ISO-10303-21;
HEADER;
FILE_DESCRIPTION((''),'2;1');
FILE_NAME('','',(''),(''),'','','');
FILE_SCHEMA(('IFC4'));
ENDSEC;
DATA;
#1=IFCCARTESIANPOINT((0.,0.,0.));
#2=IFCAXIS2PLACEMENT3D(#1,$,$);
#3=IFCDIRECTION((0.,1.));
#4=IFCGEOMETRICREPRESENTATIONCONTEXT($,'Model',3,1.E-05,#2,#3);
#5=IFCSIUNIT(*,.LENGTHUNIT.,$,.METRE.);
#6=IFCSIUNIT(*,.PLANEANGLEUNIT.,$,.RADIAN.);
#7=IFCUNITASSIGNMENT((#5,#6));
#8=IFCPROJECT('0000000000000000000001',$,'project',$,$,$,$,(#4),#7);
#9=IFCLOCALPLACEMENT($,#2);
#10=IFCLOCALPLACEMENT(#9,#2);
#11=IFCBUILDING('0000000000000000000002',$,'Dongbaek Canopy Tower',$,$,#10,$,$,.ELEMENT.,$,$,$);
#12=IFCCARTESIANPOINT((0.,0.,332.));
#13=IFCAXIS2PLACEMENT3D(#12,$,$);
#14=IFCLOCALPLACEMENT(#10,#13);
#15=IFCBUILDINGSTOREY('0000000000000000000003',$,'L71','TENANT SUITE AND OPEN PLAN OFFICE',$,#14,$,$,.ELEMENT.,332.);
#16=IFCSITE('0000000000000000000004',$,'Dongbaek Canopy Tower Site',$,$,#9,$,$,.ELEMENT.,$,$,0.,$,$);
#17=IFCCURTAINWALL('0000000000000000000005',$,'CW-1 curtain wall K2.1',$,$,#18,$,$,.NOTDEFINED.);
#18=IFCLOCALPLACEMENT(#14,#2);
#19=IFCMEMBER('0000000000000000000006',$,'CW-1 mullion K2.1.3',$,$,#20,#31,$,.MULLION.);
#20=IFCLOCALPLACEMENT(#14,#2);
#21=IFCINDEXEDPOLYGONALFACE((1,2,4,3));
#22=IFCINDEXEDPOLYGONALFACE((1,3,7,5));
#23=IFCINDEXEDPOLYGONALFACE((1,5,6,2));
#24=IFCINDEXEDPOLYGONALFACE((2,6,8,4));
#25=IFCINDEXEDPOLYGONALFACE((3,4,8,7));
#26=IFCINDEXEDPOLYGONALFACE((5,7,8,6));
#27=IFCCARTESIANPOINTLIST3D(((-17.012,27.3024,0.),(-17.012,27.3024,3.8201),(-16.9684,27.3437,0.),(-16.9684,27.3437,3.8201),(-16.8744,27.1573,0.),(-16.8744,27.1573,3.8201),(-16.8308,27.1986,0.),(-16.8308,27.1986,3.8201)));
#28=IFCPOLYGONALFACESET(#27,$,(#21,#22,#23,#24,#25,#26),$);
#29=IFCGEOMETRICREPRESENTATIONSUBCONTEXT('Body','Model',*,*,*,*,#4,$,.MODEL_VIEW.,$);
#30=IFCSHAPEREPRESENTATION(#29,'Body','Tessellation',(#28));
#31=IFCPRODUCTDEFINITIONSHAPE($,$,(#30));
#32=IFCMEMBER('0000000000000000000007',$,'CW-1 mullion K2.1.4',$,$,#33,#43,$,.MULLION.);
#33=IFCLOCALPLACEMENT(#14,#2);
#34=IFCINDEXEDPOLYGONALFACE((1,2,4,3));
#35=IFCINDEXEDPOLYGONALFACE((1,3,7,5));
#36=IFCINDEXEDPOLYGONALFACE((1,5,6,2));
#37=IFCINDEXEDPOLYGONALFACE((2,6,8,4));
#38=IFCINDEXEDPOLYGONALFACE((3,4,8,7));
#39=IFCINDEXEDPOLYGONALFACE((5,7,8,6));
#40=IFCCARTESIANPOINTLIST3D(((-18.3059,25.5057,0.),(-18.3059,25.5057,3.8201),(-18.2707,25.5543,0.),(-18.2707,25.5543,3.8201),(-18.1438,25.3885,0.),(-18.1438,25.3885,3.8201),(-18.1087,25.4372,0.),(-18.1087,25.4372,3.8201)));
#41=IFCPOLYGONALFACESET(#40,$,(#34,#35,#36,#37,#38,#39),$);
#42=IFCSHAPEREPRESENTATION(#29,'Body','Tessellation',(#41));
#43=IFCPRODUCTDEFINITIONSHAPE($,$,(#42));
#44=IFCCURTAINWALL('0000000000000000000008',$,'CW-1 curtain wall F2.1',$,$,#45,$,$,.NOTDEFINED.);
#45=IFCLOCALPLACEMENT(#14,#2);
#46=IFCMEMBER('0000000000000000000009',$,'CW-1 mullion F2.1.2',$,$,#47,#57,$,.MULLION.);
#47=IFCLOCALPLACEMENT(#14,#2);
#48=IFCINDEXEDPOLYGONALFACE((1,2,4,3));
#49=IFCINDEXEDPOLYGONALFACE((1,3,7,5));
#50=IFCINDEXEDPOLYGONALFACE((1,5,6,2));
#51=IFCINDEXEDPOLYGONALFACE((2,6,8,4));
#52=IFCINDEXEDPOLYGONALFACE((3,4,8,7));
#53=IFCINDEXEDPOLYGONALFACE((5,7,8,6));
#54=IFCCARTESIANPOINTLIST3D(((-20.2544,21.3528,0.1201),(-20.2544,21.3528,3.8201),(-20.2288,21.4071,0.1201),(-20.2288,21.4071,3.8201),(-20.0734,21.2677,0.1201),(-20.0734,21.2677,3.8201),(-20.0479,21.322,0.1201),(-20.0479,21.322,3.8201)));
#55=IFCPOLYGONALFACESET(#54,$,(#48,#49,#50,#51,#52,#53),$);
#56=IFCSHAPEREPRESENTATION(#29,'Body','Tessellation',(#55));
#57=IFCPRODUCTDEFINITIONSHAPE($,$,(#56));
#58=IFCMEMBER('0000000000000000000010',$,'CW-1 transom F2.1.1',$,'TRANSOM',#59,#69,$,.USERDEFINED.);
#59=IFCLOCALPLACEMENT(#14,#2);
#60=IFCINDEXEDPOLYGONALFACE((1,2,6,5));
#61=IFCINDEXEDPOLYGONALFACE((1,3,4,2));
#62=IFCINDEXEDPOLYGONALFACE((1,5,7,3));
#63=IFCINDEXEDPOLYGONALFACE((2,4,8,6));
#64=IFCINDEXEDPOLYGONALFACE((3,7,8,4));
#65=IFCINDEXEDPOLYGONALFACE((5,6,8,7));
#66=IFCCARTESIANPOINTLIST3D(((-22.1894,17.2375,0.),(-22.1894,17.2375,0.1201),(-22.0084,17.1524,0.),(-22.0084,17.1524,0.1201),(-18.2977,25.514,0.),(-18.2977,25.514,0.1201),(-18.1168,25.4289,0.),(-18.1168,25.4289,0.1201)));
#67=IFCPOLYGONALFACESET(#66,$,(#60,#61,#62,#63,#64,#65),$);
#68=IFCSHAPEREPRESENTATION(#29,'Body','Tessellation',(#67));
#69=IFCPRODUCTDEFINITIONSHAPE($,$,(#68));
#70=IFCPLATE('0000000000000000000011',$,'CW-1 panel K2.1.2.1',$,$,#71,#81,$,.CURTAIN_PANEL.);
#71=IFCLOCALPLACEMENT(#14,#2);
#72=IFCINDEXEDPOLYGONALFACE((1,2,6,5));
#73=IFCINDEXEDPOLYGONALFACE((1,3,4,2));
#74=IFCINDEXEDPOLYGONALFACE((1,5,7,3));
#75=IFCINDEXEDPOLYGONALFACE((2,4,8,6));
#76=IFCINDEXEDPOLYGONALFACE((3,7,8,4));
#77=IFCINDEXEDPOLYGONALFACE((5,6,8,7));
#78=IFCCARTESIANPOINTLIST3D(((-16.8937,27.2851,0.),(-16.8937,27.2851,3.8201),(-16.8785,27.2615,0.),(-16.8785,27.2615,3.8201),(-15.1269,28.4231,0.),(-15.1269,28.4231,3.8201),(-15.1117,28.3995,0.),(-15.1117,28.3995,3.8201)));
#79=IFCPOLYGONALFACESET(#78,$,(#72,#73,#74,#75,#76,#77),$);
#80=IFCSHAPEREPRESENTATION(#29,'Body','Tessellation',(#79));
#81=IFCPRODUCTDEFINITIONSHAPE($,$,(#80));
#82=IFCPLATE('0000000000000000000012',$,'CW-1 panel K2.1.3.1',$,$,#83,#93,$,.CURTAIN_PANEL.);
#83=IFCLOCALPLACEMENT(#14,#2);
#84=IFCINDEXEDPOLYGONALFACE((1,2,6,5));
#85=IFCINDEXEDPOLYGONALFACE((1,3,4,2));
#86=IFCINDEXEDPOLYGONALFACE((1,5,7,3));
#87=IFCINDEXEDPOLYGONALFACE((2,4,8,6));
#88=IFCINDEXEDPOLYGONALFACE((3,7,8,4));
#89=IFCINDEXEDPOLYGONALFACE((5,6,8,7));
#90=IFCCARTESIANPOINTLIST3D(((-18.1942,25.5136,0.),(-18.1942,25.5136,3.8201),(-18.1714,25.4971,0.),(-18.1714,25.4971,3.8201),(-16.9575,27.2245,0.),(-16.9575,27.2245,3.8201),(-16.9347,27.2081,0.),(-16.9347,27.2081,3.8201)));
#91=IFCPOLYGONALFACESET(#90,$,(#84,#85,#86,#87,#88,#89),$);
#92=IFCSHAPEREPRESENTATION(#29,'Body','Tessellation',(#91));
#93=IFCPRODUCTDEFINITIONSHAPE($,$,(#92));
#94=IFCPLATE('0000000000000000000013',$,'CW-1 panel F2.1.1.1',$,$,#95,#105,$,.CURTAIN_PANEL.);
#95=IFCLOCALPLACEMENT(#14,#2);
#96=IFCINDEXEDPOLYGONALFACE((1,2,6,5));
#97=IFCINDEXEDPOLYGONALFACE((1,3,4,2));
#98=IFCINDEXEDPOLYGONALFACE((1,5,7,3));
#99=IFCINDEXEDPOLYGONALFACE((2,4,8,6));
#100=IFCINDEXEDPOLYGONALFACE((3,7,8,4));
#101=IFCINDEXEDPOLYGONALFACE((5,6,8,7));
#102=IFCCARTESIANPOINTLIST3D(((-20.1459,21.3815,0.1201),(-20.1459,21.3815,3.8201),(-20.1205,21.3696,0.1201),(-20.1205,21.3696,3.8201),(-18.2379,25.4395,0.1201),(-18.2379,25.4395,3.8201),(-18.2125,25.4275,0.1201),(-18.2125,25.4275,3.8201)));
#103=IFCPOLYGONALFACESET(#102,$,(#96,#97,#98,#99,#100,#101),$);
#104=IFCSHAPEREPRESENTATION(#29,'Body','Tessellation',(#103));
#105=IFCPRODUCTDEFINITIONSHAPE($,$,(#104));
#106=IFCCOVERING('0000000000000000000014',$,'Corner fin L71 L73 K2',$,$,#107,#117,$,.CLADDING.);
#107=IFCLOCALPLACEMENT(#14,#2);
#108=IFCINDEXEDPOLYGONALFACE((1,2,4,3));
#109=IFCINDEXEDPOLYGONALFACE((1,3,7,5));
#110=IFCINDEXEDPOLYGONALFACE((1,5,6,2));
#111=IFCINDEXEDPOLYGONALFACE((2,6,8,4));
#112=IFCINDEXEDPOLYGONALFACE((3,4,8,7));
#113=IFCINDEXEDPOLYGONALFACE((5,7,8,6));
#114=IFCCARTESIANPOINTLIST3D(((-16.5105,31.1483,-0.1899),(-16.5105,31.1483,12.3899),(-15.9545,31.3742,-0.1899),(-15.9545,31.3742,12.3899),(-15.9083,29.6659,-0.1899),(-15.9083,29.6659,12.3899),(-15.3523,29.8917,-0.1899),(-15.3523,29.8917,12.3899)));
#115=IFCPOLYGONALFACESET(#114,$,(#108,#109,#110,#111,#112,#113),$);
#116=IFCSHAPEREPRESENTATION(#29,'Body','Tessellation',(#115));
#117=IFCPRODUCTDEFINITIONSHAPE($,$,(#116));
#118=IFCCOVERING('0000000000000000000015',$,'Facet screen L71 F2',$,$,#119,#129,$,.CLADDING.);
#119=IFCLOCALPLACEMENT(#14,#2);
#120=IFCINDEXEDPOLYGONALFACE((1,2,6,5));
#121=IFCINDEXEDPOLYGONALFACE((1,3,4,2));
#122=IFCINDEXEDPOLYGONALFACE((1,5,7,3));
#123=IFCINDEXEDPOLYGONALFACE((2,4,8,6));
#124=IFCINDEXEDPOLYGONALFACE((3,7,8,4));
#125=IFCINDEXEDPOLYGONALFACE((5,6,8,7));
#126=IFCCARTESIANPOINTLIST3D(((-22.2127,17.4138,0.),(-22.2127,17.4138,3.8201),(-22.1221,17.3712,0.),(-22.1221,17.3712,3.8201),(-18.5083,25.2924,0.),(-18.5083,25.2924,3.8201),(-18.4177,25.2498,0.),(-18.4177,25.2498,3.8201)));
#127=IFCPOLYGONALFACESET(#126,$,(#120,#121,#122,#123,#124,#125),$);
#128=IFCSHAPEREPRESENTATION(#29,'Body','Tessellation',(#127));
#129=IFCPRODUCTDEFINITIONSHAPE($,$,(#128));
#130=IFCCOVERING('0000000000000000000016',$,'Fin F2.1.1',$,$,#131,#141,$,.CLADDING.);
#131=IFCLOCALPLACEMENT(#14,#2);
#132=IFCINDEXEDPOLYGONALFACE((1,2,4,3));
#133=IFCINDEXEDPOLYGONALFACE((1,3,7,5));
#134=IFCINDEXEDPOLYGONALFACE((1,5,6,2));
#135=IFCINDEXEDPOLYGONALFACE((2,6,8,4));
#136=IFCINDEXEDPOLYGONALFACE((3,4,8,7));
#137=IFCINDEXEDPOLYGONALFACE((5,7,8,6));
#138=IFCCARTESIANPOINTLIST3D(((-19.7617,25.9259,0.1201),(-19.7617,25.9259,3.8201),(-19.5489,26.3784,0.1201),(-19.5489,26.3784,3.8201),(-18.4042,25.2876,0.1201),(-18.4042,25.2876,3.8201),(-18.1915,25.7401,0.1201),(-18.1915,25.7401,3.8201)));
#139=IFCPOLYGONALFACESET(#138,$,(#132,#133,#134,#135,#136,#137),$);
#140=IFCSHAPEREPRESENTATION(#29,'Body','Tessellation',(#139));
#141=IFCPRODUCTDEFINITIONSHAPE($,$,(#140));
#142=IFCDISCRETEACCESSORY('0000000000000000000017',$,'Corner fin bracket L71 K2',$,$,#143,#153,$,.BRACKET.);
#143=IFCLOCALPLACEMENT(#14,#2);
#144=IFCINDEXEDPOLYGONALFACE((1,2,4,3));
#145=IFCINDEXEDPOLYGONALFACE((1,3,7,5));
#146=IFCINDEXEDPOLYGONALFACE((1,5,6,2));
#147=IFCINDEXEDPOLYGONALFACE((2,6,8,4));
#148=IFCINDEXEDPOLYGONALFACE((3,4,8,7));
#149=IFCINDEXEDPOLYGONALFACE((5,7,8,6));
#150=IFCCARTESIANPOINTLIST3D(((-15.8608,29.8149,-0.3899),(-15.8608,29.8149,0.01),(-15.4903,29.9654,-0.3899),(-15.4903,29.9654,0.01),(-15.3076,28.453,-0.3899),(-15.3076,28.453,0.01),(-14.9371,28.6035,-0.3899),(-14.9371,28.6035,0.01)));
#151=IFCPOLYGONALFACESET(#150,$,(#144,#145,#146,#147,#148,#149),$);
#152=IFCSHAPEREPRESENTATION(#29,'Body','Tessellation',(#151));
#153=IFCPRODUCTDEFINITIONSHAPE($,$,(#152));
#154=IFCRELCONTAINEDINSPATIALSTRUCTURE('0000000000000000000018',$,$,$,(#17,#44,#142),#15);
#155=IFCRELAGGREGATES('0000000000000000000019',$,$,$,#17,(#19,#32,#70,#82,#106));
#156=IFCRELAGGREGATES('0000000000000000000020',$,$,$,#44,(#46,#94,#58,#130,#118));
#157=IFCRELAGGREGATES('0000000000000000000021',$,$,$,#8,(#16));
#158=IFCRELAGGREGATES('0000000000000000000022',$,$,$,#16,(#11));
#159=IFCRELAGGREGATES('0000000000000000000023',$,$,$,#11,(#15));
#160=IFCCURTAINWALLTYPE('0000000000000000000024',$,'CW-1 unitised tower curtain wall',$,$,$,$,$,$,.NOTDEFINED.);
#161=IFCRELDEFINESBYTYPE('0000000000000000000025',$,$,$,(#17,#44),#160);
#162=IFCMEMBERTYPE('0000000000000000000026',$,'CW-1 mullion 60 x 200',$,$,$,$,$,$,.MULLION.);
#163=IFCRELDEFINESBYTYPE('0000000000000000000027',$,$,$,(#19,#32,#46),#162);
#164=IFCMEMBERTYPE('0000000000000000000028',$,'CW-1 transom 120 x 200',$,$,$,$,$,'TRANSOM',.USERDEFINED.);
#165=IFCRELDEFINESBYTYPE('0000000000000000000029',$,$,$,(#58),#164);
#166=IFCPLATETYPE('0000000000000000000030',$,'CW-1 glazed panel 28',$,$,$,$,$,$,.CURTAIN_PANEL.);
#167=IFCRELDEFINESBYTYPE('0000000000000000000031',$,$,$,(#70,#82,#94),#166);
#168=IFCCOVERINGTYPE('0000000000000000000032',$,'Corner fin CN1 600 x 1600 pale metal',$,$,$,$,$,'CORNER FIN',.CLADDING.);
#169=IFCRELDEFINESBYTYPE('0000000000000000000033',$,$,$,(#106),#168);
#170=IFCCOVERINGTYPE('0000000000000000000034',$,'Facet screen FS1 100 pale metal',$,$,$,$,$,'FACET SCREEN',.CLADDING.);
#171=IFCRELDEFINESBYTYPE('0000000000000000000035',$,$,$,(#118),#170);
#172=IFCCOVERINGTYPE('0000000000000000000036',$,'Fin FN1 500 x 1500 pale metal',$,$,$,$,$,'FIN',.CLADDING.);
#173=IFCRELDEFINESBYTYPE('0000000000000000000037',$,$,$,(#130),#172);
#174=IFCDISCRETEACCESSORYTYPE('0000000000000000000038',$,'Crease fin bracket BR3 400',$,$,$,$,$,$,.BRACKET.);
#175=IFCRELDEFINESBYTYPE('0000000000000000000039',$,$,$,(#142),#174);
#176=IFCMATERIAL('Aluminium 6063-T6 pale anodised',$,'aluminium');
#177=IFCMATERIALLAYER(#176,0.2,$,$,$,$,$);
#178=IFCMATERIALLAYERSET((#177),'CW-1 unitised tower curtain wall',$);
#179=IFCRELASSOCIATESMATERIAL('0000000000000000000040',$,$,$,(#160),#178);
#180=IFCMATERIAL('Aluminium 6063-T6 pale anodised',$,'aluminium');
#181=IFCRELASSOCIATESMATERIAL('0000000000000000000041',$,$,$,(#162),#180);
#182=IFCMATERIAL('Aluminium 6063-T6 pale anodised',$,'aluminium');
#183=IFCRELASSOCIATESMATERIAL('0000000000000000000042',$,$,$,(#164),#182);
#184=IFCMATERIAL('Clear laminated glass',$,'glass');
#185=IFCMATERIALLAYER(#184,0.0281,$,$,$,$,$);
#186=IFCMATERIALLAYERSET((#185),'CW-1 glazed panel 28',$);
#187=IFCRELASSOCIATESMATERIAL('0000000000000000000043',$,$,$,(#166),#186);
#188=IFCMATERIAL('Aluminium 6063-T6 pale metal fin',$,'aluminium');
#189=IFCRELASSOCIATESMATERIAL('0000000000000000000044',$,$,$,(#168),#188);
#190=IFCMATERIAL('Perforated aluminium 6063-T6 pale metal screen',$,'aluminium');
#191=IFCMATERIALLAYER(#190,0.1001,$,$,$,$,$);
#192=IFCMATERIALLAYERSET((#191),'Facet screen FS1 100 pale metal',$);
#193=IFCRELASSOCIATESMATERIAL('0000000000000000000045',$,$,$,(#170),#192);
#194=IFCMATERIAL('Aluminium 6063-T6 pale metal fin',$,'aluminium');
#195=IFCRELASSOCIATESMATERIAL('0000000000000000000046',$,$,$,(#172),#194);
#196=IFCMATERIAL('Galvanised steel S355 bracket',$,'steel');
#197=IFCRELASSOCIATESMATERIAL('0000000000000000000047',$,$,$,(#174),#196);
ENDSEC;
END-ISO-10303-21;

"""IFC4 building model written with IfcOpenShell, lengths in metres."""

from ifc_helpers import new_model, si_unit, direction, frame, origin, origin_2d, place, context, subcontext, project, spatial, rectangle, extrude, material, layer, layer_set, material_profile, profile_set, type_object, element, aggregate, save


model = new_model("IFC4")

# Units and contexts
model_context = context("Model", 3, precision=1e-05, world=origin(), true_north=direction((0.0, 1.0)))
body_context = subcontext(model_context, "Body", "Model", "MODEL_VIEW")
ifc_project = project(units=[si_unit("LENGTHUNIT", "METRE"), si_unit("PLANEANGLEUNIT", "RADIAN")], contexts=[model_context])

# Site, building, storey
site_placement = place(None, origin())
site = spatial("IfcSite", under=ifc_project, at=site_placement, Name="Dongbaek Canopy Tower Site", CompositionType="ELEMENT", RefElevation=0.0)
building_placement = place(site_placement, origin())
building = spatial("IfcBuilding", under=site, at=building_placement, Name="Dongbaek Canopy Tower", CompositionType="ELEMENT")
storey_placement = place(building_placement, frame((0.0, 0.0, 332.0)))
storey = spatial("IfcBuildingStorey", under=building, at=storey_placement, Name="L71", Description="TENANT SUITE AND OPEN PLAN OFFICE", CompositionType="ELEMENT", Elevation=332.0)

# Curtain walls, members
ifc_material_1 = material(Name="Aluminium 6063-T6 pale anodised", Category="aluminium")
ifc_layer_1 = layer(ifc_material_1, 0.2)
ifc_layer_set_1 = layer_set([ifc_layer_1], Name="CW-1 unitised tower curtain wall")
curtain_wall_type = type_object("IfcCurtainWallType", Name="CW-1 unitised tower curtain wall", PredefinedType="NOTDEFINED", material=ifc_layer_set_1)
curtain_wall_1_placement = place(storey_placement, origin())
curtain_wall_1 = element("IfcCurtainWall", 1, at=curtain_wall_1_placement, inside=storey, type_object=curtain_wall_type, Name="CW-1 curtain wall K2.1", PredefinedType="NOTDEFINED")
ifc_material_2 = material(Name="Aluminium 6063-T6 pale anodised", Category="aluminium")
ifc_material_profile_1 = material_profile(ifc_material_2, rectangle(XDim=0.2, YDim=0.0601, at=origin_2d()), Name="CW-1 mullion 60 x 200")
ifc_profile_set_1 = profile_set([ifc_material_profile_1], Name="Aluminium 6063-T6 pale anodised")
member_type_1 = type_object("IfcMemberType", Name="CW-1 mullion 60 x 200", PredefinedType="MULLION", material=ifc_profile_set_1)
member_1_placement = place(storey_placement, frame((-16.9214, 27.2505, 0.0), z_axis=(0.0, 0.0, 1.0), x_axis=(-0.687889, 0.725816, 0.0)))
member_1 = element("IfcMember", 2, at=member_1_placement, type_object=member_type_1, Name="CW-1 mullion K2.1.3", PredefinedType="MULLION", context=body_context, shape_type="SweptSolid", body=[
    extrude(rectangle(XDim=0.2, YDim=0.0601, at=origin_2d()), origin(), (0.0, 0.0, 1.0), 3.8201),
])
member_2_placement = place(storey_placement, frame((-18.2073, 25.4714, 0.0), z_axis=(0.0, 0.0, 1.0), x_axis=(-0.810455, 0.5858, 0.0)))
member_2 = element("IfcMember", 3, at=member_2_placement, type_object=member_type_1, Name="CW-1 mullion K2.1.4", PredefinedType="MULLION", context=body_context, shape_type="SweptSolid", body=[
    extrude(rectangle(XDim=0.2, YDim=0.0601, at=origin_2d()), origin(), (0.0, 0.0, 1.0), 3.8201),
])
curtain_wall_2_placement = place(storey_placement, origin())
curtain_wall_2 = element("IfcCurtainWall", 4, at=curtain_wall_2_placement, inside=storey, type_object=curtain_wall_type, Name="CW-1 curtain wall F2.1", PredefinedType="NOTDEFINED")
member_3_placement = place(storey_placement, frame((-20.1511, 21.3374, 0.1201), z_axis=(0.0, 0.0, 1.0), x_axis=(-0.904958, 0.4255, 0.0)))
member_3 = element("IfcMember", 5, at=member_3_placement, type_object=member_type_1, Name="CW-1 mullion F2.1.2", PredefinedType="MULLION", context=body_context, shape_type="SweptSolid", body=[
    extrude(rectangle(XDim=0.2, YDim=0.0601, at=origin_2d()), origin(), (0.0, 0.0, 1.0), 3.7),
])
ifc_material_3 = material(Name="Aluminium 6063-T6 pale anodised", Category="aluminium")
ifc_material_profile_2 = material_profile(ifc_material_3, rectangle(XDim=0.2, YDim=0.1201, at=origin_2d()), Name="CW-1 transom 120 x 200")
ifc_profile_set_2 = profile_set([ifc_material_profile_2], Name="Aluminium 6063-T6 pale anodised")
member_type_2 = type_object("IfcMemberType", Name="CW-1 transom 120 x 200", ElementType="TRANSOM", PredefinedType="USERDEFINED", material=ifc_profile_set_2)
member_4_placement = place(storey_placement, frame((-18.2073, 25.4714, 0.0601), z_axis=(-0.425514, -0.904952, 0.0), x_axis=(0.904952, -0.425514, 0.0)))
member_4 = element("IfcMember", 6, at=member_4_placement, type_object=member_type_2, Name="CW-1 transom F2.1.1", ObjectType="TRANSOM", PredefinedType="USERDEFINED", context=body_context, shape_type="SweptSolid", body=[
    extrude(rectangle(XDim=0.2, YDim=0.1201, at=origin_2d()), origin(), (0.0, 0.0, 1.0), 9.1458),
])

# Plates
ifc_material_4 = material(Name="Clear laminated glass", Category="glass")
ifc_layer_2 = layer(ifc_material_4, 0.0281)
ifc_layer_set_2 = layer_set([ifc_layer_2], Name="CW-1 glazed panel 28")
plate_type = type_object("IfcPlateType", Name="CW-1 glazed panel 28", PredefinedType="CURTAIN_PANEL", material=ifc_layer_set_2)
plate_1_placement = place(storey_placement, frame((-16.0027, 27.8423, 0.0), z_axis=(0.0, 0.0, 1.0), x_axis=(-0.840699, -0.541503, 0.0)))
plate_1 = element("IfcPlate", 7, at=plate_1_placement, type_object=plate_type, Name="CW-1 panel K2.1.2.1", PredefinedType="CURTAIN_PANEL", context=body_context, shape_type="SweptSolid", body=[
    extrude(rectangle(XDim=2.1016, YDim=0.0281, at=origin_2d()), origin(), (0.0, 0.0, 1.0), 3.8201),
])
plate_2_placement = place(storey_placement, frame((-17.5645, 26.3608, 0.0), z_axis=(0.0, 0.0, 1.0), x_axis=(-0.5858, -0.810455, 0.0)))
plate_2 = element("IfcPlate", 8, at=plate_2_placement, type_object=plate_type, Name="CW-1 panel K2.1.3.1", PredefinedType="CURTAIN_PANEL", context=body_context, shape_type="SweptSolid", body=[
    extrude(rectangle(XDim=2.1111, YDim=0.0281, at=origin_2d()), origin(), (0.0, 0.0, 1.0), 3.8201),
])
plate_3_placement = place(storey_placement, frame((-19.1792, 23.4045, 0.1201), z_axis=(0.0, 0.0, 1.0), x_axis=(-0.4255, -0.904958, 0.0)))
plate_3 = element("IfcPlate", 9, at=plate_3_placement, type_object=plate_type, Name="CW-1 panel F2.1.1.1", PredefinedType="CURTAIN_PANEL", context=body_context, shape_type="SweptSolid", body=[
    extrude(rectangle(XDim=4.4841, YDim=0.0281, at=origin_2d()), origin(), (0.0, 0.0, 1.0), 3.7),
])

# Coverings
ifc_material_5 = material(Name="Aluminium 6063-T6 pale metal fin", Category="aluminium")
ifc_material_profile_3 = material_profile(ifc_material_5, rectangle(XDim=1.6001, YDim=0.6001, at=origin_2d()), Name="Corner fin CN1 600 x 1600 pale metal")
ifc_profile_set_3 = profile_set([ifc_material_profile_3], Name="Aluminium 6063-T6 pale metal fin")
covering_type_1 = type_object("IfcCoveringType", Name="Corner fin CN1 600 x 1600 pale metal", ElementType="CORNER FIN", PredefinedType="CLADDING", material=ifc_profile_set_3)
covering_1_placement = place(storey_placement, frame((-15.9314, 30.52, -0.1899), z_axis=(0.0, 0.0, 1.0), x_axis=(-0.376367, 0.926471, 0.0)))
covering_1 = element("IfcCovering", 10, at=covering_1_placement, type_object=covering_type_1, Name="Corner fin L71 L73 K2", PredefinedType="CLADDING", context=body_context, shape_type="SweptSolid", body=[
    extrude(rectangle(XDim=1.6001, YDim=0.6001, at=origin_2d()), origin(), (0.0, 0.0, 1.0), 12.5798),
])
aggregate(curtain_wall_1, [member_1, member_2, plate_1, plate_2, covering_1])
ifc_material_6 = material(Name="Perforated aluminium 6063-T6 pale metal screen", Category="aluminium")
ifc_layer_3 = layer(ifc_material_6, 0.1001)
ifc_layer_set_3 = layer_set([ifc_layer_3], Name="Facet screen FS1 100 pale metal")
covering_type_2 = type_object("IfcCoveringType", Name="Facet screen FS1 100 pale metal", ElementType="FACET SCREEN", PredefinedType="CLADDING", material=ifc_layer_set_3)
covering_2_placement = place(storey_placement, frame((-20.3152, 21.3318, 0.0), z_axis=(0.0, 0.0, 1.0), x_axis=(-0.4255, -0.904959, 0.0)))
covering_2 = element("IfcCovering", 11, at=covering_2_placement, type_object=covering_type_2, Name="Facet screen L71 F2", PredefinedType="CLADDING", context=body_context, shape_type="SweptSolid", body=[
    extrude(rectangle(XDim=8.7061, YDim=0.1001, at=origin_2d()), origin(), (0.0, 0.0, 1.0), 3.8201),
])
ifc_material_7 = material(Name="Aluminium 6063-T6 pale metal fin", Category="aluminium")
ifc_material_profile_4 = material_profile(ifc_material_7, rectangle(XDim=1.5, YDim=0.5, at=origin_2d()), Name="Fin FN1 500 x 1500 pale metal")
ifc_profile_set_4 = profile_set([ifc_material_profile_4], Name="Aluminium 6063-T6 pale metal fin")
covering_type_3 = type_object("IfcCoveringType", Name="Fin FN1 500 x 1500 pale metal", ElementType="FIN", PredefinedType="CLADDING", material=ifc_profile_set_4)
covering_3_placement = place(storey_placement, frame((-18.9766, 25.833, 0.1201), z_axis=(0.0, 0.0, 1.0), x_axis=(-0.904958, 0.4255, 0.0)))
covering_3 = element("IfcCovering", 12, at=covering_3_placement, type_object=covering_type_3, Name="Fin F2.1.1", PredefinedType="CLADDING", context=body_context, shape_type="SweptSolid", body=[
    extrude(rectangle(XDim=1.5, YDim=0.5, at=origin_2d()), origin(), (0.0, 0.0, 1.0), 3.7),
])
aggregate(curtain_wall_2, [member_3, plate_3, member_4, covering_3, covering_2])

# Discrete accessory
ifc_material_8 = material(Name="Galvanised steel S355 bracket", Category="steel")
discrete_accessory_type = type_object("IfcDiscreteAccessoryType", Name="Crease fin bracket BR3 400", PredefinedType="BRACKET", material=ifc_material_8)
discrete_accessory_placement = place(storey_placement, frame((-15.3989, 29.2092, -0.3899), z_axis=(0.0, 0.0, 1.0), x_axis=(-0.376367, 0.926471, 0.0)))
element("IfcDiscreteAccessory", 13, at=discrete_accessory_placement, inside=storey, type_object=discrete_accessory_type, Name="Corner fin bracket L71 K2", PredefinedType="BRACKET", context=body_context, shape_type="SweptSolid", body=[
    extrude(rectangle(XDim=1.47, YDim=0.3999, at=origin_2d()), origin(), (0.0, 0.0, 1.0), 0.3999),
])

save(model, "model.ifc")
